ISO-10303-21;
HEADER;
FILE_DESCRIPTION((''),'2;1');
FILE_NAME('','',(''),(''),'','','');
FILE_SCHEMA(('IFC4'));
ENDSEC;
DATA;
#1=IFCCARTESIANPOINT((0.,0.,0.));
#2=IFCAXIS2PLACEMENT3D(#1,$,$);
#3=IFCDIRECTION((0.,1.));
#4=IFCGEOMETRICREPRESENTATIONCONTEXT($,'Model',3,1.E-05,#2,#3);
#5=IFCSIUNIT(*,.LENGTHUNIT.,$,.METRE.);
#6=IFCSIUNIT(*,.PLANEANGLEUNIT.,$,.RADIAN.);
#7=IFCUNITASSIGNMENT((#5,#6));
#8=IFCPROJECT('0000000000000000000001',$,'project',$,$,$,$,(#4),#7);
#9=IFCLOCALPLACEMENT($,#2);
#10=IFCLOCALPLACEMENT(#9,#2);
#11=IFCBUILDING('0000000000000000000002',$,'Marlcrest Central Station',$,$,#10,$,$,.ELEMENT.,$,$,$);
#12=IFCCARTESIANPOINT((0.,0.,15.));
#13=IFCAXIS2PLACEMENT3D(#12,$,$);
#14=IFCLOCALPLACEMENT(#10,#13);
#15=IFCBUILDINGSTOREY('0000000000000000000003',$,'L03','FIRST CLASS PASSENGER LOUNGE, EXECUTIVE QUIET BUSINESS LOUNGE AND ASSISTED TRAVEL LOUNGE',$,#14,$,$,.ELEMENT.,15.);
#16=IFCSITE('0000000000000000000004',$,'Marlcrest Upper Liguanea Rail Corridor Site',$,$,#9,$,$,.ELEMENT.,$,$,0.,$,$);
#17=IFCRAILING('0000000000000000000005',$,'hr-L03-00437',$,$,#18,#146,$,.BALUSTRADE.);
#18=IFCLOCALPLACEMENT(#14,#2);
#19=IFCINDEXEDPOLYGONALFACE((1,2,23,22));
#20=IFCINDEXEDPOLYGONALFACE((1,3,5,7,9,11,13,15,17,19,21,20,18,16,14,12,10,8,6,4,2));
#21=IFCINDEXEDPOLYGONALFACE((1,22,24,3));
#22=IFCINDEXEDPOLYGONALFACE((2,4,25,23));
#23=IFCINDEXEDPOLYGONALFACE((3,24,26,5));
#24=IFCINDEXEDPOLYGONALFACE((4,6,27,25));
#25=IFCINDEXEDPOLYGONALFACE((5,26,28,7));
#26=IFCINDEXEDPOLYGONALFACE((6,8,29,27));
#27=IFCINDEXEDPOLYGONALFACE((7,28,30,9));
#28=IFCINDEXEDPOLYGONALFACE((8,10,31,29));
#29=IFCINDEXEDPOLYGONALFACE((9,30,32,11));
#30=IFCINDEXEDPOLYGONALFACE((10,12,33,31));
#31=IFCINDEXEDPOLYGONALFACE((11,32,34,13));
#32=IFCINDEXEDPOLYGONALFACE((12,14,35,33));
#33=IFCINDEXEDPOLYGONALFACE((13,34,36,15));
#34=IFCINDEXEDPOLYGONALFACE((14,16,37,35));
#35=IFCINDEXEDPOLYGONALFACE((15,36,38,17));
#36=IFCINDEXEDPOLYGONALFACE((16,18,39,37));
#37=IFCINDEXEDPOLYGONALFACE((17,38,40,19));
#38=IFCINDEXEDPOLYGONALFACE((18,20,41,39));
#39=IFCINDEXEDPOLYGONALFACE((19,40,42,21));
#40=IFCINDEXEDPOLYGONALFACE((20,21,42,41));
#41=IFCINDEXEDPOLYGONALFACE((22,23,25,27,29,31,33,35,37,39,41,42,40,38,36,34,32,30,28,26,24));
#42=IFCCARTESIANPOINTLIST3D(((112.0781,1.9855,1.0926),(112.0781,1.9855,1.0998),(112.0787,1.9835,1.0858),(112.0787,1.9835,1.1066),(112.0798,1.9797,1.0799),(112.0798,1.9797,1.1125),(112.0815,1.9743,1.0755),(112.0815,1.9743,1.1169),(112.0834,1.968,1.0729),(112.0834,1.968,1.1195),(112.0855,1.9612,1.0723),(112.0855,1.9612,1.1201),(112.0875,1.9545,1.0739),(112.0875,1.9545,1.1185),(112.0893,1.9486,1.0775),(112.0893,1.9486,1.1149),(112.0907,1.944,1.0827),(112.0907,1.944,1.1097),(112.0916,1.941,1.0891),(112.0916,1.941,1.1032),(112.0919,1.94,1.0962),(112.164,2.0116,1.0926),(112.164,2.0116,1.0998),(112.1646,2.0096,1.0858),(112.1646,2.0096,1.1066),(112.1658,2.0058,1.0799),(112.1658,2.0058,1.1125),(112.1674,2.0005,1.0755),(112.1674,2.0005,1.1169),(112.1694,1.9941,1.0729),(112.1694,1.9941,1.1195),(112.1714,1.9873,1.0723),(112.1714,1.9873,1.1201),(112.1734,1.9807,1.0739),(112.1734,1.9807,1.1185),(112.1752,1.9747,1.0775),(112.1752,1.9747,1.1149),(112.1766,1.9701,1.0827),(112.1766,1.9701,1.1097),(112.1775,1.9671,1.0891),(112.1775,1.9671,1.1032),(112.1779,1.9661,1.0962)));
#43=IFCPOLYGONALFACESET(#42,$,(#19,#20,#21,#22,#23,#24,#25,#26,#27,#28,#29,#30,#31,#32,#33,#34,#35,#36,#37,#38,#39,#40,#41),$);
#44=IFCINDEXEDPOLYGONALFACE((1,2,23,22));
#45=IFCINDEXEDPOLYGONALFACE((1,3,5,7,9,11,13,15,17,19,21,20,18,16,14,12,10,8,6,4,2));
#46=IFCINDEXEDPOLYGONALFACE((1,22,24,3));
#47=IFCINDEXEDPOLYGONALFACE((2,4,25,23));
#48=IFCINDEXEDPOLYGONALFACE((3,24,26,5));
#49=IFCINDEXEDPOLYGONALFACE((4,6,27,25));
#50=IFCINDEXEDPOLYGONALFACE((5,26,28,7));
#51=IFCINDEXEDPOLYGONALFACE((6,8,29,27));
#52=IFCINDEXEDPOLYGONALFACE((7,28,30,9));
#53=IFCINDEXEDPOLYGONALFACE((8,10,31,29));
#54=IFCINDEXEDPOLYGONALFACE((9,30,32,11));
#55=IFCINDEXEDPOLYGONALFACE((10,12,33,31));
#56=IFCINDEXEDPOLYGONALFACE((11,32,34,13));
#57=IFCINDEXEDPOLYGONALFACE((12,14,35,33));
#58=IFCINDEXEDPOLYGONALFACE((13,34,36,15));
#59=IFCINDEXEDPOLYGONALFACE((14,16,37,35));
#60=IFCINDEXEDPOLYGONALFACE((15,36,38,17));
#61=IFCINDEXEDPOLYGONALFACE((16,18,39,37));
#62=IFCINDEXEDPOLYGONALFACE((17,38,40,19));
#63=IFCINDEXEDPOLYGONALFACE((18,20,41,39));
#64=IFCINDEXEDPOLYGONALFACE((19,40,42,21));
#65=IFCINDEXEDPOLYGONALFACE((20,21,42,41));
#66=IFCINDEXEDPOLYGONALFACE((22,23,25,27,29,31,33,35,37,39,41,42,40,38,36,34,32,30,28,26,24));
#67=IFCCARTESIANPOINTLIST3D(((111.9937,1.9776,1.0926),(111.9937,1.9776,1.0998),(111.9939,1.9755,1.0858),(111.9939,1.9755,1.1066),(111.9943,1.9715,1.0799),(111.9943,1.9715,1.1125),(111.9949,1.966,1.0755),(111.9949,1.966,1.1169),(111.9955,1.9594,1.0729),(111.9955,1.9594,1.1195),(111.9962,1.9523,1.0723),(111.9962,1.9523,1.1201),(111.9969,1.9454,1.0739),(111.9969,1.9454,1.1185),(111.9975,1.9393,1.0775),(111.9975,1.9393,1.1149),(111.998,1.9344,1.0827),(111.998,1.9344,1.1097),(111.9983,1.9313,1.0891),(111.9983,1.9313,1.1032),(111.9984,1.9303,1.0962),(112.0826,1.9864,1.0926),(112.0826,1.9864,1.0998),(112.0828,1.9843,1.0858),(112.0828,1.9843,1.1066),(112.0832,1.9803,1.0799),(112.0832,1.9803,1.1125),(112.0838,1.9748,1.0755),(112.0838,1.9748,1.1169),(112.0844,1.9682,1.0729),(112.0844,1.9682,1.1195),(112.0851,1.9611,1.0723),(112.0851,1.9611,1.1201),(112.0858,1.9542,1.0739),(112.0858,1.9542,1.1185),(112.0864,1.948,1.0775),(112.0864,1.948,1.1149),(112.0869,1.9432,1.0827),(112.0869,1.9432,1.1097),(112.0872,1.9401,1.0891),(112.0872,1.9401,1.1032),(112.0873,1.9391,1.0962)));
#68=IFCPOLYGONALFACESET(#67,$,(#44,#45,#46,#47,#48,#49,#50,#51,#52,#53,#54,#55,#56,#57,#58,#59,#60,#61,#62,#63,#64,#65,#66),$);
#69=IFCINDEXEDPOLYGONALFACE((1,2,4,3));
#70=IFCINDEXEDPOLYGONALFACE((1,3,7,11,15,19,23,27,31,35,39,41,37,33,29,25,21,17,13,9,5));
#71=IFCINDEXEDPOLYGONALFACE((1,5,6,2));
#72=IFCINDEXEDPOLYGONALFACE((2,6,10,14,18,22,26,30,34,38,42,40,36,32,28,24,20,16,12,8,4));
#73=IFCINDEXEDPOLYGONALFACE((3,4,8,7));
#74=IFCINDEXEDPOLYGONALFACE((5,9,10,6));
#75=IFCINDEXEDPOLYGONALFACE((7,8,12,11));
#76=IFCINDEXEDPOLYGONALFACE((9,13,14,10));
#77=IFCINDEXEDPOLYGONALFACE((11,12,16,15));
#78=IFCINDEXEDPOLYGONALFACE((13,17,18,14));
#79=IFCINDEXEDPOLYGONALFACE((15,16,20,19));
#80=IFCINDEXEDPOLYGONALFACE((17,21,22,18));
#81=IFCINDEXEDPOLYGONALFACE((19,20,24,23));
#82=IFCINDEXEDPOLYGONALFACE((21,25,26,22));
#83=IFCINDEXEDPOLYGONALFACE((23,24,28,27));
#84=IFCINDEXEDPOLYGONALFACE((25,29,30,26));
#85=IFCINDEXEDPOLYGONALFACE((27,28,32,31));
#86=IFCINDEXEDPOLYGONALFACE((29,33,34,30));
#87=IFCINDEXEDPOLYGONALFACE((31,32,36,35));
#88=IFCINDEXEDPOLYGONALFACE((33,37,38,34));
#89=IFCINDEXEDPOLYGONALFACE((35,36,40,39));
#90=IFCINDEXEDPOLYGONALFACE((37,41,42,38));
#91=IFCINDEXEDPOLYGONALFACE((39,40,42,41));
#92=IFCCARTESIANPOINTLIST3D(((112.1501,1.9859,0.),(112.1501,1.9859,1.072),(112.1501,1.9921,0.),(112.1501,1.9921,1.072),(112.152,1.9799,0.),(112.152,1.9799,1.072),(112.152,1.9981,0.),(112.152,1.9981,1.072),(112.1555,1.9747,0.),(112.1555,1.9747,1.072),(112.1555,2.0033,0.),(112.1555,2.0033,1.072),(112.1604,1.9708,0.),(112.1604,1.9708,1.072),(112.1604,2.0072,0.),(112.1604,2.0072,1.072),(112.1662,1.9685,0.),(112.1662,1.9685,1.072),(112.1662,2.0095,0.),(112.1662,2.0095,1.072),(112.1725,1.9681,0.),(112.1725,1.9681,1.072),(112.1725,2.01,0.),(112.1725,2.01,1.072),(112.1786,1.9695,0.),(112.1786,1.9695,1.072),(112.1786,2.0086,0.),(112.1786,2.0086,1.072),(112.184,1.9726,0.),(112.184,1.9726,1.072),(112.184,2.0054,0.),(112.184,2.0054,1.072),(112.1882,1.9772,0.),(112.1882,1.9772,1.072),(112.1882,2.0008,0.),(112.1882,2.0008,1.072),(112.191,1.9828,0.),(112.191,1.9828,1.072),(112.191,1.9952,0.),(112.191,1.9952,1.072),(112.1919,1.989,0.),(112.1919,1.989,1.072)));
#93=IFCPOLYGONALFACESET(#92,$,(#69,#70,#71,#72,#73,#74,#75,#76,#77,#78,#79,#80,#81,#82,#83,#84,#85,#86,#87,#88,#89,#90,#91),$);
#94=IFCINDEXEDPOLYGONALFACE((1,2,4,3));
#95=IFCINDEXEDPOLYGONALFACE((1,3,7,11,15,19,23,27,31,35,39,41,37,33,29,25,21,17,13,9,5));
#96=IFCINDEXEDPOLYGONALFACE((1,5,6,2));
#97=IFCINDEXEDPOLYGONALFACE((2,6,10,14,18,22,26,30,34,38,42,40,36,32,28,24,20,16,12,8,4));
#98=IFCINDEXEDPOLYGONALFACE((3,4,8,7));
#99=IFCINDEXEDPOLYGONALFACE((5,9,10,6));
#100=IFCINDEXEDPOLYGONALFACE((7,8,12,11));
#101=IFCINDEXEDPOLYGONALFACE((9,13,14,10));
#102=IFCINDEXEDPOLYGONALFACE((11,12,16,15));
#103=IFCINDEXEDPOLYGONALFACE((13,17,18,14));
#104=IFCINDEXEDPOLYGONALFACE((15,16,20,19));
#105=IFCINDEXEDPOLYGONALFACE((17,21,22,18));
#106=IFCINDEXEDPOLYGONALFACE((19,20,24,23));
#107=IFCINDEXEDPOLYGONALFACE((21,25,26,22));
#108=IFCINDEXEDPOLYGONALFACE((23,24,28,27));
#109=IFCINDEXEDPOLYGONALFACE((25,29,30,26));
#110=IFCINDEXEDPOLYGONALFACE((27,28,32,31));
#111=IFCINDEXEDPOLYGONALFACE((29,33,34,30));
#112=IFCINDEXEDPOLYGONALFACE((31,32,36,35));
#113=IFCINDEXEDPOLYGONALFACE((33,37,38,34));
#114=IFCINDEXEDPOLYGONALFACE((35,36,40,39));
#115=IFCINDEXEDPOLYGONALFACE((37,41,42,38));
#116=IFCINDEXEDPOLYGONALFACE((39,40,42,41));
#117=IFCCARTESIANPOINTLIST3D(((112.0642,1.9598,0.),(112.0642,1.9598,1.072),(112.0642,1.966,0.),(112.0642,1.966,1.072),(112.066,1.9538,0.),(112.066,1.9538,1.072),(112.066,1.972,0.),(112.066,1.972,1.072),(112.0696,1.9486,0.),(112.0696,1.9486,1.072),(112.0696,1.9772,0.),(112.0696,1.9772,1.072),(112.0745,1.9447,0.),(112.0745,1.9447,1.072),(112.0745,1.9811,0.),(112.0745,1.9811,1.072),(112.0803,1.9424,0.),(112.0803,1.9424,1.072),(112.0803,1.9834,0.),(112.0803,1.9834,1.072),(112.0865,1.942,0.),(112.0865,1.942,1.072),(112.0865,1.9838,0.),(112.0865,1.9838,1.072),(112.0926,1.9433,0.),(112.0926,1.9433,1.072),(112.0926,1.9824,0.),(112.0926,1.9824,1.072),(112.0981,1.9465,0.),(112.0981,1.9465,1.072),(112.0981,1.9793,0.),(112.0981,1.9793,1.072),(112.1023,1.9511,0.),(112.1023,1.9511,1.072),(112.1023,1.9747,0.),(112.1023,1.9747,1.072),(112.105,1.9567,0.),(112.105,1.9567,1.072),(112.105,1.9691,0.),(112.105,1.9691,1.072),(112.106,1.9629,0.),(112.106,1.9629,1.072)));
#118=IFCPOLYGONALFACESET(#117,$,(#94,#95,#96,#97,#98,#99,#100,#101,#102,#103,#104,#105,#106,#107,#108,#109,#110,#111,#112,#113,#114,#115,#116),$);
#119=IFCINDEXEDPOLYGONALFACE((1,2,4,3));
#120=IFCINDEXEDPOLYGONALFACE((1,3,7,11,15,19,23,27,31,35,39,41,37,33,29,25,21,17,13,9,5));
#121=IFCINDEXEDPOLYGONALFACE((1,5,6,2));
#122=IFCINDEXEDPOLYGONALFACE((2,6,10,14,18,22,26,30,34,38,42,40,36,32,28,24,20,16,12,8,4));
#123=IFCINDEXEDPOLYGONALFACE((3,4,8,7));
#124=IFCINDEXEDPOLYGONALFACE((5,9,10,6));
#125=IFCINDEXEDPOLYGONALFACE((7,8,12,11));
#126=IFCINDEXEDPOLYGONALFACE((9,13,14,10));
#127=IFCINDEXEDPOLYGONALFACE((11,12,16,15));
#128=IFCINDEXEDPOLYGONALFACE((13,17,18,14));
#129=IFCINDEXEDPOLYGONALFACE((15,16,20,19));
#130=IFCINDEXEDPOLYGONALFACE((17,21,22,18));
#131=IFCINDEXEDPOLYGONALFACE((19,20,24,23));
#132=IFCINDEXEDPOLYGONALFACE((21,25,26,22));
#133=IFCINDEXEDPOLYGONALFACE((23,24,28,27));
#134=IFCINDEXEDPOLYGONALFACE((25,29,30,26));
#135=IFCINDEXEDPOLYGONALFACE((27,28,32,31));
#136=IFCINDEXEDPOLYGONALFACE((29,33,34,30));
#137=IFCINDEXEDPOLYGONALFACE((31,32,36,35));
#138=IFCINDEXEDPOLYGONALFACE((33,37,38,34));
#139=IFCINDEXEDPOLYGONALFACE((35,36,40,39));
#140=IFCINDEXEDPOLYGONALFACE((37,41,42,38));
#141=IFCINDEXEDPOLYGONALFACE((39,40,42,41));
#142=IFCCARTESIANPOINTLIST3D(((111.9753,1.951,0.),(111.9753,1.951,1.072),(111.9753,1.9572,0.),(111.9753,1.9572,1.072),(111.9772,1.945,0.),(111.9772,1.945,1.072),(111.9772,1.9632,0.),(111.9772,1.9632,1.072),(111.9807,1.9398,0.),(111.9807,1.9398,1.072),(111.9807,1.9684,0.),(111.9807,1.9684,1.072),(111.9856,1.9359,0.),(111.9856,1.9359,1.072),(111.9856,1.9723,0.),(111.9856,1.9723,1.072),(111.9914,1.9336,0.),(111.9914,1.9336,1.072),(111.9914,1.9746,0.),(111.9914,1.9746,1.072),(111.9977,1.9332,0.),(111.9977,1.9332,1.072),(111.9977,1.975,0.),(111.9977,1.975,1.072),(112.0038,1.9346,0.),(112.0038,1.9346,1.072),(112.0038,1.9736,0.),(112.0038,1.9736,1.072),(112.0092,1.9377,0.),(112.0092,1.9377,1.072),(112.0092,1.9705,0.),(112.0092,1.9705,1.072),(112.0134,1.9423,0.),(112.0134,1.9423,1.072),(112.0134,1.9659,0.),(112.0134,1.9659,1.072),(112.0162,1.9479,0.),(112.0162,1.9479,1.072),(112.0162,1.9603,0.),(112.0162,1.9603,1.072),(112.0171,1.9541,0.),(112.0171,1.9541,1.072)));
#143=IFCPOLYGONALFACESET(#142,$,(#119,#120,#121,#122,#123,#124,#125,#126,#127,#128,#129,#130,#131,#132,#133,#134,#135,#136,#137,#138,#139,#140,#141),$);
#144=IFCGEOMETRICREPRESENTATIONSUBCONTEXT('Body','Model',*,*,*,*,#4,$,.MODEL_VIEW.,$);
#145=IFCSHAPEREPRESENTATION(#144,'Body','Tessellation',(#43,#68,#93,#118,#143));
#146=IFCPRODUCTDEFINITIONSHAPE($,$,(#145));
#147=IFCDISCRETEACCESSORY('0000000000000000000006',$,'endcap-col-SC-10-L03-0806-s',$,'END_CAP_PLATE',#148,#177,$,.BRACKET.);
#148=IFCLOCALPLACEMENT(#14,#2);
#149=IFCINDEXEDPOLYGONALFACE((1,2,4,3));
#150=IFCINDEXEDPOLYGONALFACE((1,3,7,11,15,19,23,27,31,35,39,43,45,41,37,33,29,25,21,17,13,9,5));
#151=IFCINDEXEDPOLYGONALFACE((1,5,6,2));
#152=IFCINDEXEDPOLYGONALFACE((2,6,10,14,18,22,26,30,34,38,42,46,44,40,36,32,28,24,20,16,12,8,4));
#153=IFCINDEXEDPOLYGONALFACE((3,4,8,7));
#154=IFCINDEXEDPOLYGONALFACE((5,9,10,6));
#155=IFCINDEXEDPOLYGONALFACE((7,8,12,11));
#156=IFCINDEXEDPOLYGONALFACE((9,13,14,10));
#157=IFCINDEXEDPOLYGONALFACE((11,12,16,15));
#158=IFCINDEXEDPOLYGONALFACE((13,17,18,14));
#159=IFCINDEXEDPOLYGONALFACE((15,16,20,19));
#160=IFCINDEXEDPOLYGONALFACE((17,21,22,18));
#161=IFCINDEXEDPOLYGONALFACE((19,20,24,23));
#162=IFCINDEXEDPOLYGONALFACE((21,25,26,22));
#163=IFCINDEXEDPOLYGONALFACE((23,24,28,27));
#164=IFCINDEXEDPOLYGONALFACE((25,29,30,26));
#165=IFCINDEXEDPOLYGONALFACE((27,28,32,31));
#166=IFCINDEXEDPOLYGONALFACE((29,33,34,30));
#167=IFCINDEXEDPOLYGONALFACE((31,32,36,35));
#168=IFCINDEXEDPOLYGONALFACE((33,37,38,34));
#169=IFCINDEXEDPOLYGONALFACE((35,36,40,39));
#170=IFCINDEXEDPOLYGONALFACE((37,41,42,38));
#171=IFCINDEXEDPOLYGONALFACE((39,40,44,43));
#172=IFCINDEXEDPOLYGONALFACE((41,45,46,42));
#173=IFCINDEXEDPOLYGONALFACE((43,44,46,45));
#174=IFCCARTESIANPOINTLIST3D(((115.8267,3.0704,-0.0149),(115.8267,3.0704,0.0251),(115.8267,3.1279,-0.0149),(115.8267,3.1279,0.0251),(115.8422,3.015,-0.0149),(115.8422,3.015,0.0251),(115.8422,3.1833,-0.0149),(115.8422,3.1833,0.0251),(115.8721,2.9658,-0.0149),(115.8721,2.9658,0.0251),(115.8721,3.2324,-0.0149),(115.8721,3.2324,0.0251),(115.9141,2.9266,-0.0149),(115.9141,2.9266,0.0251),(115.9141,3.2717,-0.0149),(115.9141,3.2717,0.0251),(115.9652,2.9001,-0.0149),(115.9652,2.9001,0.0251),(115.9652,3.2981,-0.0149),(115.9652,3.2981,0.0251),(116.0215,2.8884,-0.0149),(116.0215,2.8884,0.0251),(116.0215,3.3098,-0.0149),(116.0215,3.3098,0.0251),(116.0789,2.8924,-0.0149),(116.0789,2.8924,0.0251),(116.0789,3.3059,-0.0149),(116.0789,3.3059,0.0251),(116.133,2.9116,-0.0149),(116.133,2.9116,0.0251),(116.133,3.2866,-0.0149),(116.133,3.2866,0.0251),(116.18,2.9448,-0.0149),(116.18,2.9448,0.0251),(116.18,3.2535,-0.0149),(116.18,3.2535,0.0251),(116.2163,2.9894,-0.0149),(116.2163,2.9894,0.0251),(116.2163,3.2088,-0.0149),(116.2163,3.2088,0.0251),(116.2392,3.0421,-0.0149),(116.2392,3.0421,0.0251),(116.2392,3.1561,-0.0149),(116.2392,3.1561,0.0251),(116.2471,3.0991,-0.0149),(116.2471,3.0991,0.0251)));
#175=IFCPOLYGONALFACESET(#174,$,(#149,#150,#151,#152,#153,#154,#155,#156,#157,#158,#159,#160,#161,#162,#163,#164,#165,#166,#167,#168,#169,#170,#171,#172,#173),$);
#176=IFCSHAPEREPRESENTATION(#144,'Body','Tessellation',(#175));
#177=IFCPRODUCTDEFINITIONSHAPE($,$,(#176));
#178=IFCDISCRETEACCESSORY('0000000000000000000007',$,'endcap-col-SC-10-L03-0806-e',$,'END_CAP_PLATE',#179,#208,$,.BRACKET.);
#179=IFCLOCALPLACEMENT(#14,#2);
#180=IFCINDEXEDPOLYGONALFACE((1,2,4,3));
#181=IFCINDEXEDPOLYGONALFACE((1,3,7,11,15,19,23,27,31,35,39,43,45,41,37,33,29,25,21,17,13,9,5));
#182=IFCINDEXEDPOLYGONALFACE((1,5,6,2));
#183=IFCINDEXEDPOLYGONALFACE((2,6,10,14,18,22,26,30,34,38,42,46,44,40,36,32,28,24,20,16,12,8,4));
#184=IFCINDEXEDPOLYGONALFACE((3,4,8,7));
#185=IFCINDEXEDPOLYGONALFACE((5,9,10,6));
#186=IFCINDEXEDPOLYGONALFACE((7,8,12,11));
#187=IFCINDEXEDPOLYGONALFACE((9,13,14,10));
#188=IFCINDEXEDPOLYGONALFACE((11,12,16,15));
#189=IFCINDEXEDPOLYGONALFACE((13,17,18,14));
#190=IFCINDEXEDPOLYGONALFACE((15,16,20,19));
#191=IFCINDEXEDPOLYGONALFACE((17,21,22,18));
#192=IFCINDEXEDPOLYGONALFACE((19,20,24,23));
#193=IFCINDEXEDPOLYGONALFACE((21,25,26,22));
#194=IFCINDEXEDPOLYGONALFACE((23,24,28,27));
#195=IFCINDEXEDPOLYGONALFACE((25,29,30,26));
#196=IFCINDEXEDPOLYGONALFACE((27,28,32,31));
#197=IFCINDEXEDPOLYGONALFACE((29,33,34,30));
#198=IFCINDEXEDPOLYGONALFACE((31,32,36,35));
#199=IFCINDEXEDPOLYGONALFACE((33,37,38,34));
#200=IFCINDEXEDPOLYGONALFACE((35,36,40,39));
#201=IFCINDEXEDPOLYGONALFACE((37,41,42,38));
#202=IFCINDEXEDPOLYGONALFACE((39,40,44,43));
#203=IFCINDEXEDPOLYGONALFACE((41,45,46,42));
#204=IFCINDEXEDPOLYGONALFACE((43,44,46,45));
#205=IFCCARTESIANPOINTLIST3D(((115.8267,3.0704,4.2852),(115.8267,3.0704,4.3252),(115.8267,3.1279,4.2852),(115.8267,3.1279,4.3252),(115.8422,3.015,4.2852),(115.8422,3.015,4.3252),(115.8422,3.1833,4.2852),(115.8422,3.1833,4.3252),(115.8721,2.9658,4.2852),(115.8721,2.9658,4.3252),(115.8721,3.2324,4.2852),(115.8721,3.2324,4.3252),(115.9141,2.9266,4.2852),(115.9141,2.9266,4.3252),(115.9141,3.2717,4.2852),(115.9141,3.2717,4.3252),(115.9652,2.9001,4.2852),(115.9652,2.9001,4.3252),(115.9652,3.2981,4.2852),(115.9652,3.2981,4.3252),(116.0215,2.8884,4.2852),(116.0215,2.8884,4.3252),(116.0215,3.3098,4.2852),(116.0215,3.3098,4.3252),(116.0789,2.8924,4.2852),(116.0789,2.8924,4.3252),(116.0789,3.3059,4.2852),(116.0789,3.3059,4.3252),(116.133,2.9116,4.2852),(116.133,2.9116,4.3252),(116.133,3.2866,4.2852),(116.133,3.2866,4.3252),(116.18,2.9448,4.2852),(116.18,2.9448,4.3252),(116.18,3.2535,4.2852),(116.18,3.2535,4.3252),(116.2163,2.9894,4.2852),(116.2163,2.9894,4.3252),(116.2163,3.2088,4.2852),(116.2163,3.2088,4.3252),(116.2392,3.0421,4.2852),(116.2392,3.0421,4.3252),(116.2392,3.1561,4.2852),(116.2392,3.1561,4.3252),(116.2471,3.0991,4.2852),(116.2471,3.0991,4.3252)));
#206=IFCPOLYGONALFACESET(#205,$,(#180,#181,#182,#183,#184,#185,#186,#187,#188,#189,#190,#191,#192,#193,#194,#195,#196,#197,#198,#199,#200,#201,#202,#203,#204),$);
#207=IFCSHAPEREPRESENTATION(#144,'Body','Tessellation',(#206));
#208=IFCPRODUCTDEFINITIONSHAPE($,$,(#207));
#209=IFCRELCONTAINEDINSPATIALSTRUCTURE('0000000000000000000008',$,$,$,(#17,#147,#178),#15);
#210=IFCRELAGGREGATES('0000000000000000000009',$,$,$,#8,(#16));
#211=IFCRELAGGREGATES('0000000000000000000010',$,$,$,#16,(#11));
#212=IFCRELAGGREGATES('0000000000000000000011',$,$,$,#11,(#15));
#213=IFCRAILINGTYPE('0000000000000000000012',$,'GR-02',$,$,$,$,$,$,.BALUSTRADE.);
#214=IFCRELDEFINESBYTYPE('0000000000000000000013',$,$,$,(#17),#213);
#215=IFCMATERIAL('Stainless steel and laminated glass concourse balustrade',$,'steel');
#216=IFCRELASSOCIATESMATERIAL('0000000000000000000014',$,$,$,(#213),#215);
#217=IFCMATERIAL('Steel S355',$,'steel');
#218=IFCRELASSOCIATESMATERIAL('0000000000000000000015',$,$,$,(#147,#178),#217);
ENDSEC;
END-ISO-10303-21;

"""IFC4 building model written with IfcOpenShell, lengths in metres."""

from ifc_helpers import new_model, si_unit, direction, frame, origin, origin_2d, place, context, subcontext, project, spatial, circle, extrude, material, type_object, element, save


model = new_model("IFC4")

# Units and contexts
model_context = context("Model", 3, precision=1e-05, world=origin(), true_north=direction((0.0, 1.0)))
body_context = subcontext(model_context, "Body", "Model", "MODEL_VIEW")
ifc_project = project(units=[si_unit("LENGTHUNIT", "METRE"), si_unit("PLANEANGLEUNIT", "RADIAN")], contexts=[model_context])

# Site, building, storey
site_placement = place(None, origin())
site = spatial("IfcSite", under=ifc_project, at=site_placement, Name="Marlcrest Upper Liguanea Rail Corridor Site", CompositionType="ELEMENT", RefElevation=0.0)
building_placement = place(site_placement, origin())
building = spatial("IfcBuilding", under=site, at=building_placement, Name="Marlcrest Central Station", CompositionType="ELEMENT")
storey_placement = place(building_placement, frame((0.0, 0.0, 15.0)))
storey = spatial("IfcBuildingStorey", under=building, at=storey_placement, Name="L03", Description="FIRST CLASS PASSENGER LOUNGE, EXECUTIVE QUIET BUSINESS LOUNGE AND ASSISTED TRAVEL LOUNGE", CompositionType="ELEMENT", Elevation=15.0)

# Shared definitions
ifc_material_1 = material(Name="Steel S355", Category="steel")

# Railing
ifc_material_2 = material(Name="Stainless steel and laminated glass concourse balustrade", Category="steel")
railing_type = type_object("IfcRailingType", Name="GR-02", PredefinedType="BALUSTRADE", material=ifc_material_2)
railing_1_placement = place(storey_placement, frame((112.1709, 1.989, 0.0)))
element("IfcRailing", 1, at=railing_1_placement, inside=storey, type_object=railing_type, Name="hr-L03-00437", PredefinedType="BALUSTRADE", context=body_context, shape_type="SweptSolid", body=[
    extrude(circle(Radius=0.0239, at=origin_2d()), frame((0.0, 0.0, 1.0962), z_axis=(-0.956773, -0.290837, 0.0), x_axis=(0.290837, -0.956773, 0.0)), (0.0, 0.0, 1.0), 0.0898),
    extrude(circle(Radius=0.0239, at=origin_2d()), frame((-0.0859, -0.0261, 1.0962), z_axis=(-0.995145, -0.098421, 0.0), x_axis=(0.098421, -0.995145, 0.0)), (0.0, 0.0, 1.0), 0.0894),
    extrude(circle(Radius=0.021, at=origin_2d()), origin(), (0.0, 0.0, 1.0), 1.072),
    extrude(circle(Radius=0.021, at=origin_2d()), frame((-0.0859, -0.0261, 0.0)), (0.0, 0.0, 1.0), 1.072),
    extrude(circle(Radius=0.021, at=origin_2d()), frame((-0.1748, -0.0349, 0.0)), (0.0, 0.0, 1.0), 1.072),
])

# Discrete accessories
for number, where, z_axis, x_axis, name in (
    (2, (116.0359, 3.0991, -0.0149), (0.0, 0.0, 1.0), (1.0, 0.0, 0.0), "endcap-col-SC-10-L03-0806-s"),
    (3, (116.0359, 3.0991, 4.2852), (0.0, 0.0, 1.0), (1.0, 0.0, 0.0), "endcap-col-SC-10-L03-0806-e"),
):
    element("IfcDiscreteAccessory", number, at=place(storey_placement, frame(where, z_axis=z_axis, x_axis=x_axis)), inside=storey, material=ifc_material_1, Name=name, ObjectType="END_CAP_PLATE", PredefinedType="BRACKET", context=body_context, shape_type="SweptSolid", body=[
        extrude(circle(Radius=0.2112, at=origin_2d()), origin(), (0.0, 0.0, 1.0), 0.04),
    ])

save(model, "model.ifc")
